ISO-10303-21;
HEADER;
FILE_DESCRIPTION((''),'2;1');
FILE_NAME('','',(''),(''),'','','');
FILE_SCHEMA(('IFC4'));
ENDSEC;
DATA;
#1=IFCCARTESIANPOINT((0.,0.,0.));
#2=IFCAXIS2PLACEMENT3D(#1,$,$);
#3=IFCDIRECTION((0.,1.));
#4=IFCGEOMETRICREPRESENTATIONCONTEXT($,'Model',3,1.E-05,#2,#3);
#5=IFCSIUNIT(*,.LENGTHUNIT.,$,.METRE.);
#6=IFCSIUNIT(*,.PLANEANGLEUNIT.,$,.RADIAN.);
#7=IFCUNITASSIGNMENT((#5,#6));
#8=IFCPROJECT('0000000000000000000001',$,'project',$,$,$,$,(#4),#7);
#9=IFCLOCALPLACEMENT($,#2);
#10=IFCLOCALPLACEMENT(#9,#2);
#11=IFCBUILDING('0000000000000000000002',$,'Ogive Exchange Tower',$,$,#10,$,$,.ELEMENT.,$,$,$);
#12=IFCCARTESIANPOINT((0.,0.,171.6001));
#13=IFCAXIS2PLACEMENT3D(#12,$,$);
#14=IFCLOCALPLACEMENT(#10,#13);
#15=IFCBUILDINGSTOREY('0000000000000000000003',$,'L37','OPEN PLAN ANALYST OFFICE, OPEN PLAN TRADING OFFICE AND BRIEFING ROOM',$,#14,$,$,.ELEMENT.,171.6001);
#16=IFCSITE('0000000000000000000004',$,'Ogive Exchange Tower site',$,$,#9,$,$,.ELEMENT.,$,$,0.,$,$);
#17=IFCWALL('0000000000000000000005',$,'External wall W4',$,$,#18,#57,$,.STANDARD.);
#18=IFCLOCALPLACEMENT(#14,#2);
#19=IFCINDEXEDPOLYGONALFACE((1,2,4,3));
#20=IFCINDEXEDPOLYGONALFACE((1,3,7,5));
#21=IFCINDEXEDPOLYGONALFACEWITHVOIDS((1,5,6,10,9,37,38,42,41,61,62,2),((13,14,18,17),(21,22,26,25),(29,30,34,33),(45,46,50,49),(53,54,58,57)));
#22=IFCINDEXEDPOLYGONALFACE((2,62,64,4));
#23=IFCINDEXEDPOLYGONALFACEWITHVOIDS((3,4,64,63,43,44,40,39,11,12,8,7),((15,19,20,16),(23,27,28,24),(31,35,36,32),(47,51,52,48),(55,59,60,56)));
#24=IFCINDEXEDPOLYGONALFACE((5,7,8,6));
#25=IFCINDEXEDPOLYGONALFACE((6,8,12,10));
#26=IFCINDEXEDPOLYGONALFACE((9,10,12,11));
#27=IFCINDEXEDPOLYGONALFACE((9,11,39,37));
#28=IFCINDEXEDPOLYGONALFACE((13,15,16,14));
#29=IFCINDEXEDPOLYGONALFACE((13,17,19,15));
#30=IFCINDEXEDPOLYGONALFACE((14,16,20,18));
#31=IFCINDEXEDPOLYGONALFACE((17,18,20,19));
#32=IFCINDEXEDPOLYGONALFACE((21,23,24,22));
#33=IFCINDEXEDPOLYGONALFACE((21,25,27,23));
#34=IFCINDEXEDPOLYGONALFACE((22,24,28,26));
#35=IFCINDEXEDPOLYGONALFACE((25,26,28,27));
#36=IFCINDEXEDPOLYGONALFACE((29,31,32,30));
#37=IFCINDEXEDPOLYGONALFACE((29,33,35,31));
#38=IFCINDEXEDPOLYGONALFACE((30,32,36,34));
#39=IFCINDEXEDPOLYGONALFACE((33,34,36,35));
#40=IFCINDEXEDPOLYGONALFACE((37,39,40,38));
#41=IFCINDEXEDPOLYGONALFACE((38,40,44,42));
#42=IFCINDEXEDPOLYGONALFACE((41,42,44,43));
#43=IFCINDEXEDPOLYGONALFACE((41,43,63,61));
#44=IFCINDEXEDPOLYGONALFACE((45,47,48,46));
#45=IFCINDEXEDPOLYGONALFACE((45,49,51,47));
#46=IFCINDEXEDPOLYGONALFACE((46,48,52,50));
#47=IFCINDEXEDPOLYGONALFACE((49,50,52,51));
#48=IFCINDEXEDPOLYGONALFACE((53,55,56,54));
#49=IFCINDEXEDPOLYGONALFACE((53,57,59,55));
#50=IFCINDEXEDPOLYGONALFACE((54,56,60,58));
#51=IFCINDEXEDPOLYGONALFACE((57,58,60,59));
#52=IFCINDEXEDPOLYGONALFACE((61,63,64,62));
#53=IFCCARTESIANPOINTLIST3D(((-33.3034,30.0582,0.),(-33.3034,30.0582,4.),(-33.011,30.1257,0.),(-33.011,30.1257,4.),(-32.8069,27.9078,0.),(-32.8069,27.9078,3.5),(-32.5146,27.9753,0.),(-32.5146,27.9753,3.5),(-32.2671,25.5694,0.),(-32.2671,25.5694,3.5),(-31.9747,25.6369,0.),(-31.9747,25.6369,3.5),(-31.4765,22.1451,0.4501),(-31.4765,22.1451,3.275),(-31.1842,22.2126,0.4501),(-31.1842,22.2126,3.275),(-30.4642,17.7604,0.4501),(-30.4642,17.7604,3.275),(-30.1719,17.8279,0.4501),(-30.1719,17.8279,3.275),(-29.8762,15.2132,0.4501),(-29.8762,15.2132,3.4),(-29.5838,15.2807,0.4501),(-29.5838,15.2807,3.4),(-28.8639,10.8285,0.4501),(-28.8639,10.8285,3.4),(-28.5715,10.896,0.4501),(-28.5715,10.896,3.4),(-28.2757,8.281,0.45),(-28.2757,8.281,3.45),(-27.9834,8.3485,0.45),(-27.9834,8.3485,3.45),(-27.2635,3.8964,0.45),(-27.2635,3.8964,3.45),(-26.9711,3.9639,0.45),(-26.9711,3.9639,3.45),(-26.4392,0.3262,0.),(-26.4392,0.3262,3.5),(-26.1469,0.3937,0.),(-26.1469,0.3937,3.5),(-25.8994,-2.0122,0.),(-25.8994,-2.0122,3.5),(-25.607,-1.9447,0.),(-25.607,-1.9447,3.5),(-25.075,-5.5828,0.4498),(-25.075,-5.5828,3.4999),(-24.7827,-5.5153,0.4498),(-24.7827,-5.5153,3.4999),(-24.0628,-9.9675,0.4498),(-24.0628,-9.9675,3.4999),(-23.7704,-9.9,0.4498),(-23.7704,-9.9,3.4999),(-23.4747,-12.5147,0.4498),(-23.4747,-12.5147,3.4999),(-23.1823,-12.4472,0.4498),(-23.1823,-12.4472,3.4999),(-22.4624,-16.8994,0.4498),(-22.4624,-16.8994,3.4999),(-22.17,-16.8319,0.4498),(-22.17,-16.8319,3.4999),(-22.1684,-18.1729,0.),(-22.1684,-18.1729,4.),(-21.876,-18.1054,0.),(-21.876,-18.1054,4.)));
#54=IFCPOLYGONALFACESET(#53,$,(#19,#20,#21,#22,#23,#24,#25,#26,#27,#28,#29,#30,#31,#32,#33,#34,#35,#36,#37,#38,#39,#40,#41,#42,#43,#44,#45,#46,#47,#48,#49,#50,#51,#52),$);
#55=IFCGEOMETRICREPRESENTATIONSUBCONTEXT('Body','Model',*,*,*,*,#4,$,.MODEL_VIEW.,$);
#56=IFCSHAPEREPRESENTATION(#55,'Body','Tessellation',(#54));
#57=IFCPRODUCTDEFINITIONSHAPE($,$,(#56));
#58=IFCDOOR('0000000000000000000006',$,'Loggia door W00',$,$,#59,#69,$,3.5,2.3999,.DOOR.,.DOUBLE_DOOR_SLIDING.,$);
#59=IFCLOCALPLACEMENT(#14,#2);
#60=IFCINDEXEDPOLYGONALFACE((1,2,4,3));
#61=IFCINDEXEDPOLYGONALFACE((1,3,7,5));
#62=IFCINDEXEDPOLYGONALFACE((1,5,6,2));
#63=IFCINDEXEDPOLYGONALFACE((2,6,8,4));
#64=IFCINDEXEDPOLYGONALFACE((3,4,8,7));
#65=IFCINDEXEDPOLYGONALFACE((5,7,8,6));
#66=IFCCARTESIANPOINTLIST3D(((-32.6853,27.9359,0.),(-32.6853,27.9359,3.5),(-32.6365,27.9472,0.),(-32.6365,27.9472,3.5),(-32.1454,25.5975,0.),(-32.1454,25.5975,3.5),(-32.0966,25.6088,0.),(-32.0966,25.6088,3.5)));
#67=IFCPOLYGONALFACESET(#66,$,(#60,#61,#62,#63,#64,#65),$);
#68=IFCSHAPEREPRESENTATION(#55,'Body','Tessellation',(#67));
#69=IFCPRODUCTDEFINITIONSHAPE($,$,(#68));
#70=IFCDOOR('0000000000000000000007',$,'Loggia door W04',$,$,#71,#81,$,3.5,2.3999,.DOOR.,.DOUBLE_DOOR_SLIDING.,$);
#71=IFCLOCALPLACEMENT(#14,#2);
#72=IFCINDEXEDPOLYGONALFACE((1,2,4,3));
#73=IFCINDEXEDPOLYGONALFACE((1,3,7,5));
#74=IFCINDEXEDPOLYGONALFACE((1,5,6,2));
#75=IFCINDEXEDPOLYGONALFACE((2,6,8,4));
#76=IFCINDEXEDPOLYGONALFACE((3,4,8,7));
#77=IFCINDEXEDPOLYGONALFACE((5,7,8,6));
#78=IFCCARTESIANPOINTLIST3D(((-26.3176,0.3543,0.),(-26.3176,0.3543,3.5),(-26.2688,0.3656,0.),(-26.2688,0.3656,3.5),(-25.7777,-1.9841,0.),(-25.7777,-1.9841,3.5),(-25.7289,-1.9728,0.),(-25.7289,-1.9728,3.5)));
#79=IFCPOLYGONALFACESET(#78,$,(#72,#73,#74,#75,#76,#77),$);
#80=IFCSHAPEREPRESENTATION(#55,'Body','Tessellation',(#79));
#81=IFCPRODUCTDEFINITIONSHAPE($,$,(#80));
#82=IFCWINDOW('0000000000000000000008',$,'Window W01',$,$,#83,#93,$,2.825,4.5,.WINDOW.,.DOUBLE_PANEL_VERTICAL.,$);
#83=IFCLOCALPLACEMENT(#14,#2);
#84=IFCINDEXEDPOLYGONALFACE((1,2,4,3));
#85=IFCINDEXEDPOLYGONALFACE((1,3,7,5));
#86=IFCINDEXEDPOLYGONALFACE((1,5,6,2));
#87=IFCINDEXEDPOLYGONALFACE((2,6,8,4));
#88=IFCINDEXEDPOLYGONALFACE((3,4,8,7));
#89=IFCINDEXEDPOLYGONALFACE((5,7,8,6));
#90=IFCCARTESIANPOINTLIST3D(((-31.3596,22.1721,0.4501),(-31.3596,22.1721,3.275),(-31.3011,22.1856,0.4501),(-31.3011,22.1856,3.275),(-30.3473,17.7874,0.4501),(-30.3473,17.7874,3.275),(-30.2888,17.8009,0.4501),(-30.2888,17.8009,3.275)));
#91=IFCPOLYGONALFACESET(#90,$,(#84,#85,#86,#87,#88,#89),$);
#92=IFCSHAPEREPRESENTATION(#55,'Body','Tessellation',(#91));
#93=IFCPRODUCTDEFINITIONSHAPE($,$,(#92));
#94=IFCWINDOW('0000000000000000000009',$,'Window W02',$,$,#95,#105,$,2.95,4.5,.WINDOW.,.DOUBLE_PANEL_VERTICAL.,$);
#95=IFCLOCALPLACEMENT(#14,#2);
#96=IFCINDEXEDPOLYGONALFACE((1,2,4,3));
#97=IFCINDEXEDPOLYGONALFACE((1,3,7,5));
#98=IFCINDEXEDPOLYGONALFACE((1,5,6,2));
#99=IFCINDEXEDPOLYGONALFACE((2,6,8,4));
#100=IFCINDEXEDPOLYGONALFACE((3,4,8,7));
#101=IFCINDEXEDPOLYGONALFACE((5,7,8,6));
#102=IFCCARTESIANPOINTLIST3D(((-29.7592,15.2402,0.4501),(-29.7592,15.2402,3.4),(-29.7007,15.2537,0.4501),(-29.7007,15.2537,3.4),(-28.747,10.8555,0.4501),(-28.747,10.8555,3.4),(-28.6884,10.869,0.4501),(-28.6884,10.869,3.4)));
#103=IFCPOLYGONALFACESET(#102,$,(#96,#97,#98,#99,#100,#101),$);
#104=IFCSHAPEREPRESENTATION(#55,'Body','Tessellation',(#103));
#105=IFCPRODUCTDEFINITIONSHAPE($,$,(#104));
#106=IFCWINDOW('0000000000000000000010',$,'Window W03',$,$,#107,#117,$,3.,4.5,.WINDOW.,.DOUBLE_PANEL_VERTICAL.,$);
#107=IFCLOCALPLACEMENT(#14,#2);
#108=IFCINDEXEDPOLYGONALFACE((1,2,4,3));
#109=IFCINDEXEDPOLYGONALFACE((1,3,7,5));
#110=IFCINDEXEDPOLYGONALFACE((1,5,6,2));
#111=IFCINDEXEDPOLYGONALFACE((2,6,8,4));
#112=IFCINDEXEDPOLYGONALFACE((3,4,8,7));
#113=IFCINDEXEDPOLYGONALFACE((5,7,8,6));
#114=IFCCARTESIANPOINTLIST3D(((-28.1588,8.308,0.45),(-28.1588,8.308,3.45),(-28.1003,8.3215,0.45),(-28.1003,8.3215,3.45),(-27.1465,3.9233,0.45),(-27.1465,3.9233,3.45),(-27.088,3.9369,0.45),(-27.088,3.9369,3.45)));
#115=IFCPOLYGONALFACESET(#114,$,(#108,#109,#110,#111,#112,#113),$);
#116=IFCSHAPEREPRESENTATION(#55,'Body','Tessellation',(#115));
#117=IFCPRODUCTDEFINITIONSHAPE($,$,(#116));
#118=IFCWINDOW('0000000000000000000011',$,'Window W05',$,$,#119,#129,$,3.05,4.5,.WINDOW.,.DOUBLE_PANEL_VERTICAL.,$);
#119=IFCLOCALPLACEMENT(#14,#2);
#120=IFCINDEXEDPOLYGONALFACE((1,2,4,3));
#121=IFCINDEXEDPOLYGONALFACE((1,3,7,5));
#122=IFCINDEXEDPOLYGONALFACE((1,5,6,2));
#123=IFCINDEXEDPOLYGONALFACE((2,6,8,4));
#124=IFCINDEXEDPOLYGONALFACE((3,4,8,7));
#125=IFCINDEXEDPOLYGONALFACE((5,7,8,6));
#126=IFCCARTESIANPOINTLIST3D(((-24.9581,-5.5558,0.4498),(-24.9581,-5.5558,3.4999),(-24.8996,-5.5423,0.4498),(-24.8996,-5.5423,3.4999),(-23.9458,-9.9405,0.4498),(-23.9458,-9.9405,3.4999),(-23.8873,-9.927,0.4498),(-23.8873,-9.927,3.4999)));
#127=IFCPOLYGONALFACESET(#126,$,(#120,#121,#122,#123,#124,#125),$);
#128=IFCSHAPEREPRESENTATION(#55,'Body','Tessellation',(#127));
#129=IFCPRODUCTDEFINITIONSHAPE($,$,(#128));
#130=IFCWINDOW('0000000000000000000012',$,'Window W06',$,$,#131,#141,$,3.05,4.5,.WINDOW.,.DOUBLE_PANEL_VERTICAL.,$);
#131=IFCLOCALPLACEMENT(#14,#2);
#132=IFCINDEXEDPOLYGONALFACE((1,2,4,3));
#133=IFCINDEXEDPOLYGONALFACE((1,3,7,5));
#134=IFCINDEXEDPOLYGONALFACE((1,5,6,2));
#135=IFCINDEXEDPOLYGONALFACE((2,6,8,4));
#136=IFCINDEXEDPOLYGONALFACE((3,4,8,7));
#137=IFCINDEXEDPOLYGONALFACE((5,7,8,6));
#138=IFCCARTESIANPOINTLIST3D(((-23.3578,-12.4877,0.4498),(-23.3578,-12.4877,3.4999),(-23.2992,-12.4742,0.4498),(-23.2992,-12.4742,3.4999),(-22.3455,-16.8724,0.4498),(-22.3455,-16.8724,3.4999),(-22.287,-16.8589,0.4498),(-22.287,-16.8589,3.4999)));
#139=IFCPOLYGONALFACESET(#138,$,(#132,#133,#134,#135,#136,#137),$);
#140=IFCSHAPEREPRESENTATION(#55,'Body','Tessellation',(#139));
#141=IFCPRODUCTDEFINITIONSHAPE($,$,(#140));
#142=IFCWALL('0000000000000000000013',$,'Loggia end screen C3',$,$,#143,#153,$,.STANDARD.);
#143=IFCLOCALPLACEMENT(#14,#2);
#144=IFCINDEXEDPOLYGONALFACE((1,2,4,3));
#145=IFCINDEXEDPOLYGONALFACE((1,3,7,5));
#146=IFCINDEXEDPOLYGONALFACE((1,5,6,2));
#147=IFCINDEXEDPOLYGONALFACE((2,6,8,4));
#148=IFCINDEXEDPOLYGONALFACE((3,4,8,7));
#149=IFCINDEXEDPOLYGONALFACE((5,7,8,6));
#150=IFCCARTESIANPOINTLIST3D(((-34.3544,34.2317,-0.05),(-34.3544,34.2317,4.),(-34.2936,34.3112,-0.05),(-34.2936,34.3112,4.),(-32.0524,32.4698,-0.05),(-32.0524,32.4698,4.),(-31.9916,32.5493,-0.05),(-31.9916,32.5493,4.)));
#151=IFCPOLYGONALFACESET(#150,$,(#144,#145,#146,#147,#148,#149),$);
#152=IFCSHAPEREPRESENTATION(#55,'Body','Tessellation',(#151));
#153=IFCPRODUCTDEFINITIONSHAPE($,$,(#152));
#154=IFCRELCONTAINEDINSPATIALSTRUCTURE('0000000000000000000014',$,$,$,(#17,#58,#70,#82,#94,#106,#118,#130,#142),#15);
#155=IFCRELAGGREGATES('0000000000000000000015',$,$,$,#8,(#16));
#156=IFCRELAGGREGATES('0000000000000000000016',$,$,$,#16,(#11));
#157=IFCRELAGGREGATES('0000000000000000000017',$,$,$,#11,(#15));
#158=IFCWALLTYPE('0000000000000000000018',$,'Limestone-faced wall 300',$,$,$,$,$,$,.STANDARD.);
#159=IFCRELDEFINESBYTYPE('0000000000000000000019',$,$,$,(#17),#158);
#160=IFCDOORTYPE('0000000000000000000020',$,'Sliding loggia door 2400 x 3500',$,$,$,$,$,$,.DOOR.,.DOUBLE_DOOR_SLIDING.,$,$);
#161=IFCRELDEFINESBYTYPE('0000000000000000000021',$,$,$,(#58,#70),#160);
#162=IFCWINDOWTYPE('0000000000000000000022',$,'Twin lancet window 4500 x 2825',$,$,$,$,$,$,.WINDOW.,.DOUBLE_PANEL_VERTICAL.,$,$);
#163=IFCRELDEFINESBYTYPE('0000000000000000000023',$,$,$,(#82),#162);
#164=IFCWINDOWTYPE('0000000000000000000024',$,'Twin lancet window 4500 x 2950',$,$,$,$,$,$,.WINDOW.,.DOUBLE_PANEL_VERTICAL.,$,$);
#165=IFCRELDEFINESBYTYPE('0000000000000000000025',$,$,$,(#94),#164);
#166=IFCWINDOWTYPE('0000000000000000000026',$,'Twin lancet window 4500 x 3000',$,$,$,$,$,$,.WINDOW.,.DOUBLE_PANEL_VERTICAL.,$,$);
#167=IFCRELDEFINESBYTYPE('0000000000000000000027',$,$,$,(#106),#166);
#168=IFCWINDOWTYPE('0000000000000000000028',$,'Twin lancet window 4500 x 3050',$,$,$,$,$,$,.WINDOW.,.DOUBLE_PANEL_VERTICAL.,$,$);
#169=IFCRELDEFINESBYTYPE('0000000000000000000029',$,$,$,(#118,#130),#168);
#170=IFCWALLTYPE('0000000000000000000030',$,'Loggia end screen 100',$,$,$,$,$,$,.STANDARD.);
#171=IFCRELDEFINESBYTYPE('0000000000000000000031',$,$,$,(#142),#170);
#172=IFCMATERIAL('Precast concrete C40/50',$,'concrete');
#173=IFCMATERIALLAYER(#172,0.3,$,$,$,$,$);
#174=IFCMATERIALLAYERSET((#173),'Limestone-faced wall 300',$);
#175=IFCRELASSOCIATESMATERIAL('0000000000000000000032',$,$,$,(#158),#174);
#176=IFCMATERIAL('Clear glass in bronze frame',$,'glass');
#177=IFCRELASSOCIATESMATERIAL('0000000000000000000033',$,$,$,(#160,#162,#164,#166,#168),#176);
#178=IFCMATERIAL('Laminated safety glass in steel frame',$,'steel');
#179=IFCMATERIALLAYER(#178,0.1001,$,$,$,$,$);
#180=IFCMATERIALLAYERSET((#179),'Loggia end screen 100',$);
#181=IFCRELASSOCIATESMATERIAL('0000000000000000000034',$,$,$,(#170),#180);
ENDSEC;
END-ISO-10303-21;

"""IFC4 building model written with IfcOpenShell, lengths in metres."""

from ifc_helpers import new_model, si_unit, direction, frame, frame_2d, origin, place, context, subcontext, project, spatial, rectangle, extrude, material, layer, layer_set, type_object, element, fill, save


model = new_model("IFC4")

# Units and contexts
model_context = context("Model", 3, precision=1e-05, world=origin(), true_north=direction((0.0, 1.0)))
body_context = subcontext(model_context, "Body", "Model", "MODEL_VIEW")
ifc_project = project(units=[si_unit("LENGTHUNIT", "METRE"), si_unit("PLANEANGLEUNIT", "RADIAN")], contexts=[model_context])

# Site, building, storey
site_placement = place(None, origin())
site = spatial("IfcSite", under=ifc_project, at=site_placement, Name="Ogive Exchange Tower site", CompositionType="ELEMENT", RefElevation=0.0)
building_placement = place(site_placement, origin())
building = spatial("IfcBuilding", under=site, at=building_placement, Name="Ogive Exchange Tower", CompositionType="ELEMENT")
storey_placement = place(building_placement, frame((0.0, 0.0, 171.6001)))
storey = spatial("IfcBuildingStorey", under=building, at=storey_placement, Name="L37", Description="OPEN PLAN ANALYST OFFICE, OPEN PLAN TRADING OFFICE AND BRIEFING ROOM", CompositionType="ELEMENT", Elevation=171.6001)

# Wall, openings, doors, windows
ifc_material_1 = material(Name="Precast concrete C40/50", Category="concrete")
ifc_layer_1 = layer(ifc_material_1, 0.3)
ifc_layer_set_1 = layer_set([ifc_layer_1], Name="Limestone-faced wall 300")
wall_type_1 = type_object("IfcWallType", Name="Limestone-faced wall 300", PredefinedType="STANDARD", material=ifc_layer_set_1)
wall_1_placement = place(storey_placement, frame((-33.1572, 30.092, 0.0), z_axis=(0.0, 0.0, 1.0), x_axis=(0.22495, -0.97437, 0.0)))
wall_1 = element("IfcWall", 1, at=wall_1_placement, inside=storey, type_object=wall_type_1, Name="External wall W4", PredefinedType="STANDARD", context=body_context, shape_type="SweptSolid", body=[
    extrude(rectangle(XDim=49.4998, YDim=0.3, at=frame_2d((24.75, 0.0))), origin(), (0.0, 0.0, 1.0), 4.0),
])
opening_1_placement = place(wall_1_placement, frame((2.207, 0.0, 0.0)))
opening_1 = element("IfcOpeningElement", 2, at=opening_1_placement, cuts=wall_1, PredefinedType="OPENING", context=body_context, shape_type="SweptSolid", body=[
    extrude(rectangle(XDim=2.3999, YDim=3.5, at=frame_2d((1.2, 1.75))), frame((0.0, 0.1599, 0.0), z_axis=(0.0, -1.0, 0.0), x_axis=(1.0, 0.0, 0.0)), (0.0, 0.0, 1.0), 0.3201),
])
opening_2_placement = place(wall_1_placement, frame((8.1213, 0.0, 0.45)))
opening_2 = element("IfcOpeningElement", 3, at=opening_2_placement, cuts=wall_1, PredefinedType="OPENING", context=body_context, shape_type="SweptSolid", body=[
    extrude(rectangle(XDim=4.5, YDim=2.825, at=frame_2d((2.25, 1.4126))), frame((0.0, 0.1599, 0.0), z_axis=(0.0, -1.0, 0.0), x_axis=(1.0, 0.0, 0.0)), (0.0, 0.0, 1.0), 0.3201),
])
opening_3_placement = place(wall_1_placement, frame((15.2356, 0.0, 0.45)))
opening_3 = element("IfcOpeningElement", 4, at=opening_3_placement, cuts=wall_1, PredefinedType="OPENING", context=body_context, shape_type="SweptSolid", body=[
    extrude(rectangle(XDim=4.5, YDim=2.95, at=frame_2d((2.25, 1.4751))), frame((0.0, 0.1599, 0.0), z_axis=(0.0, -1.0, 0.0), x_axis=(1.0, 0.0, 0.0)), (0.0, 0.0, 1.0), 0.3201),
])
opening_4_placement = place(wall_1_placement, frame((22.3501, 0.0, 0.45)))
opening_4 = element("IfcOpeningElement", 5, at=opening_4_placement, cuts=wall_1, PredefinedType="OPENING", context=body_context, shape_type="SweptSolid", body=[
    extrude(rectangle(XDim=4.5, YDim=3.0, at=frame_2d((2.25, 1.5))), frame((0.0, 0.1599, 0.0), z_axis=(0.0, -1.0, 0.0), x_axis=(1.0, 0.0, 0.0)), (0.0, 0.0, 1.0), 0.3201),
])
opening_5_placement = place(wall_1_placement, frame((30.5142, 0.0, 0.0)))
opening_5 = element("IfcOpeningElement", 6, at=opening_5_placement, cuts=wall_1, PredefinedType="OPENING", context=body_context, shape_type="SweptSolid", body=[
    extrude(rectangle(XDim=2.3999, YDim=3.5, at=frame_2d((1.2, 1.75))), frame((0.0, 0.1599, 0.0), z_axis=(0.0, -1.0, 0.0), x_axis=(1.0, 0.0, 0.0)), (0.0, 0.0, 1.0), 0.3201),
])
opening_6_placement = place(wall_1_placement, frame((36.5786, 0.0, 0.45)))
opening_6 = element("IfcOpeningElement", 7, at=opening_6_placement, cuts=wall_1, PredefinedType="OPENING", context=body_context, shape_type="SweptSolid", body=[
    extrude(rectangle(XDim=4.5, YDim=3.05, at=frame_2d((2.25, 1.5249))), frame((0.0, 0.1599, 0.0), z_axis=(0.0, -1.0, 0.0), x_axis=(1.0, 0.0, 0.0)), (0.0, 0.0, 1.0), 0.3201),
])
opening_7_placement = place(wall_1_placement, frame((43.6929, 0.0, 0.45)))
opening_7 = element("IfcOpeningElement", 8, at=opening_7_placement, cuts=wall_1, PredefinedType="OPENING", context=body_context, shape_type="SweptSolid", body=[
    extrude(rectangle(XDim=4.5, YDim=3.05, at=frame_2d((2.25, 1.5249))), frame((0.0, 0.1599, 0.0), z_axis=(0.0, -1.0, 0.0), x_axis=(1.0, 0.0, 0.0)), (0.0, 0.0, 1.0), 0.3201),
])
ifc_material_2 = material(Name="Clear glass in bronze frame", Category="glass")
door_type_1 = type_object("IfcDoorType", Name="Sliding loggia door 2400 x 3500", OperationType="DOUBLE_DOOR_SLIDING", PredefinedType="DOOR", material=ifc_material_2)
door_1_placement = place(opening_1_placement, origin())
door_1 = element("IfcDoor", 9, at=door_1_placement, inside=storey, type_object=door_type_1, Name="Loggia door W00", OperationType="DOUBLE_DOOR_SLIDING", OverallHeight=3.5, OverallWidth=2.3999, PredefinedType="DOOR", context=body_context, shape_type="SweptSolid", body=[
    extrude(rectangle(XDim=2.3999, YDim=3.5, at=frame_2d((1.2, 1.75))), frame((0.0, 0.0249, 0.0), z_axis=(0.0, -1.0, 0.0), x_axis=(1.0, 0.0, 0.0)), (0.0, 0.0, 1.0), 0.05),
])
fill(opening_1, door_1)
door_2_placement = place(opening_5_placement, origin())
door_2 = element("IfcDoor", 10, at=door_2_placement, inside=storey, type_object=door_type_1, Name="Loggia door W04", OperationType="DOUBLE_DOOR_SLIDING", OverallHeight=3.5, OverallWidth=2.3999, PredefinedType="DOOR", context=body_context, shape_type="SweptSolid", body=[
    extrude(rectangle(XDim=2.3999, YDim=3.5, at=frame_2d((1.2, 1.75))), frame((0.0, 0.0249, 0.0), z_axis=(0.0, -1.0, 0.0), x_axis=(1.0, 0.0, 0.0)), (0.0, 0.0, 1.0), 0.05),
])
fill(opening_5, door_2)
window_type_1 = type_object("IfcWindowType", Name="Twin lancet window 4500 x 2825", PartitioningType="DOUBLE_PANEL_VERTICAL", PredefinedType="WINDOW", material=ifc_material_2)
window_1_placement = place(opening_2_placement, origin())
window_1 = element("IfcWindow", 11, at=window_1_placement, inside=storey, type_object=window_type_1, Name="Window W01", OverallHeight=2.825, OverallWidth=4.5, PartitioningType="DOUBLE_PANEL_VERTICAL", PredefinedType="WINDOW", context=body_context, shape_type="SweptSolid", body=[
    extrude(rectangle(XDim=4.5, YDim=2.825, at=frame_2d((2.25, 1.4126))), frame((0.0, 0.03, 0.0), z_axis=(0.0, -1.0, 0.0), x_axis=(1.0, 0.0, 0.0)), (0.0, 0.0, 1.0), 0.0601),
])
fill(opening_2, window_1)
window_type_2 = type_object("IfcWindowType", Name="Twin lancet window 4500 x 2950", PartitioningType="DOUBLE_PANEL_VERTICAL", PredefinedType="WINDOW", material=ifc_material_2)
window_2_placement = place(opening_3_placement, origin())
window_2 = element("IfcWindow", 12, at=window_2_placement, inside=storey, type_object=window_type_2, Name="Window W02", OverallHeight=2.95, OverallWidth=4.5, PartitioningType="DOUBLE_PANEL_VERTICAL", PredefinedType="WINDOW", context=body_context, shape_type="SweptSolid", body=[
    extrude(rectangle(XDim=4.5, YDim=2.95, at=frame_2d((2.25, 1.4751))), frame((0.0, 0.03, 0.0), z_axis=(0.0, -1.0, 0.0), x_axis=(1.0, 0.0, 0.0)), (0.0, 0.0, 1.0), 0.0601),
])
fill(opening_3, window_2)
window_type_3 = type_object("IfcWindowType", Name="Twin lancet window 4500 x 3000", PartitioningType="DOUBLE_PANEL_VERTICAL", PredefinedType="WINDOW", material=ifc_material_2)
window_3_placement = place(opening_4_placement, origin())
window_3 = element("IfcWindow", 13, at=window_3_placement, inside=storey, type_object=window_type_3, Name="Window W03", OverallHeight=3.0, OverallWidth=4.5, PartitioningType="DOUBLE_PANEL_VERTICAL", PredefinedType="WINDOW", context=body_context, shape_type="SweptSolid", body=[
    extrude(rectangle(XDim=4.5, YDim=3.0, at=frame_2d((2.25, 1.5))), frame((0.0, 0.03, 0.0), z_axis=(0.0, -1.0, 0.0), x_axis=(1.0, 0.0, 0.0)), (0.0, 0.0, 1.0), 0.0601),
])
fill(opening_4, window_3)
window_type_4 = type_object("IfcWindowType", Name="Twin lancet window 4500 x 3050", PartitioningType="DOUBLE_PANEL_VERTICAL", PredefinedType="WINDOW", material=ifc_material_2)
window_4_placement = place(opening_6_placement, origin())
window_4 = element("IfcWindow", 14, at=window_4_placement, inside=storey, type_object=window_type_4, Name="Window W05", OverallHeight=3.05, OverallWidth=4.5, PartitioningType="DOUBLE_PANEL_VERTICAL", PredefinedType="WINDOW", context=body_context, shape_type="SweptSolid", body=[
    extrude(rectangle(XDim=4.5, YDim=3.05, at=frame_2d((2.25, 1.5249))), frame((0.0, 0.03, 0.0), z_axis=(0.0, -1.0, 0.0), x_axis=(1.0, 0.0, 0.0)), (0.0, 0.0, 1.0), 0.0601),
])
fill(opening_6, window_4)
window_5_placement = place(opening_7_placement, origin())
window_5 = element("IfcWindow", 15, at=window_5_placement, inside=storey, type_object=window_type_4, Name="Window W06", OverallHeight=3.05, OverallWidth=4.5, PartitioningType="DOUBLE_PANEL_VERTICAL", PredefinedType="WINDOW", context=body_context, shape_type="SweptSolid", body=[
    extrude(rectangle(XDim=4.5, YDim=3.05, at=frame_2d((2.25, 1.5249))), frame((0.0, 0.03, 0.0), z_axis=(0.0, -1.0, 0.0), x_axis=(1.0, 0.0, 0.0)), (0.0, 0.0, 1.0), 0.0601),
])
fill(opening_7, window_5)

# Wall
ifc_material_3 = material(Name="Laminated safety glass in steel frame", Category="steel")
ifc_layer_2 = layer(ifc_material_3, 0.1001)
ifc_layer_set_2 = layer_set([ifc_layer_2], Name="Loggia end screen 100")
wall_type_2 = type_object("IfcWallType", Name="Loggia end screen 100", PredefinedType="STANDARD", material=ifc_layer_set_2)
wall_2_placement = place(storey_placement, frame((-32.022, 32.5095, -0.05), z_axis=(0.0, 0.0, 1.0), x_axis=(-0.79409, 0.6078, 0.0)))
element("IfcWall", 16, at=wall_2_placement, inside=storey, type_object=wall_type_2, Name="Loggia end screen C3", PredefinedType="STANDARD", context=body_context, shape_type="SweptSolid", body=[
    extrude(rectangle(XDim=2.8989, YDim=0.1001, at=frame_2d((1.4495, 0.0))), origin(), (0.0, 0.0, 1.0), 4.05),
])

save(model, "model.ifc")
